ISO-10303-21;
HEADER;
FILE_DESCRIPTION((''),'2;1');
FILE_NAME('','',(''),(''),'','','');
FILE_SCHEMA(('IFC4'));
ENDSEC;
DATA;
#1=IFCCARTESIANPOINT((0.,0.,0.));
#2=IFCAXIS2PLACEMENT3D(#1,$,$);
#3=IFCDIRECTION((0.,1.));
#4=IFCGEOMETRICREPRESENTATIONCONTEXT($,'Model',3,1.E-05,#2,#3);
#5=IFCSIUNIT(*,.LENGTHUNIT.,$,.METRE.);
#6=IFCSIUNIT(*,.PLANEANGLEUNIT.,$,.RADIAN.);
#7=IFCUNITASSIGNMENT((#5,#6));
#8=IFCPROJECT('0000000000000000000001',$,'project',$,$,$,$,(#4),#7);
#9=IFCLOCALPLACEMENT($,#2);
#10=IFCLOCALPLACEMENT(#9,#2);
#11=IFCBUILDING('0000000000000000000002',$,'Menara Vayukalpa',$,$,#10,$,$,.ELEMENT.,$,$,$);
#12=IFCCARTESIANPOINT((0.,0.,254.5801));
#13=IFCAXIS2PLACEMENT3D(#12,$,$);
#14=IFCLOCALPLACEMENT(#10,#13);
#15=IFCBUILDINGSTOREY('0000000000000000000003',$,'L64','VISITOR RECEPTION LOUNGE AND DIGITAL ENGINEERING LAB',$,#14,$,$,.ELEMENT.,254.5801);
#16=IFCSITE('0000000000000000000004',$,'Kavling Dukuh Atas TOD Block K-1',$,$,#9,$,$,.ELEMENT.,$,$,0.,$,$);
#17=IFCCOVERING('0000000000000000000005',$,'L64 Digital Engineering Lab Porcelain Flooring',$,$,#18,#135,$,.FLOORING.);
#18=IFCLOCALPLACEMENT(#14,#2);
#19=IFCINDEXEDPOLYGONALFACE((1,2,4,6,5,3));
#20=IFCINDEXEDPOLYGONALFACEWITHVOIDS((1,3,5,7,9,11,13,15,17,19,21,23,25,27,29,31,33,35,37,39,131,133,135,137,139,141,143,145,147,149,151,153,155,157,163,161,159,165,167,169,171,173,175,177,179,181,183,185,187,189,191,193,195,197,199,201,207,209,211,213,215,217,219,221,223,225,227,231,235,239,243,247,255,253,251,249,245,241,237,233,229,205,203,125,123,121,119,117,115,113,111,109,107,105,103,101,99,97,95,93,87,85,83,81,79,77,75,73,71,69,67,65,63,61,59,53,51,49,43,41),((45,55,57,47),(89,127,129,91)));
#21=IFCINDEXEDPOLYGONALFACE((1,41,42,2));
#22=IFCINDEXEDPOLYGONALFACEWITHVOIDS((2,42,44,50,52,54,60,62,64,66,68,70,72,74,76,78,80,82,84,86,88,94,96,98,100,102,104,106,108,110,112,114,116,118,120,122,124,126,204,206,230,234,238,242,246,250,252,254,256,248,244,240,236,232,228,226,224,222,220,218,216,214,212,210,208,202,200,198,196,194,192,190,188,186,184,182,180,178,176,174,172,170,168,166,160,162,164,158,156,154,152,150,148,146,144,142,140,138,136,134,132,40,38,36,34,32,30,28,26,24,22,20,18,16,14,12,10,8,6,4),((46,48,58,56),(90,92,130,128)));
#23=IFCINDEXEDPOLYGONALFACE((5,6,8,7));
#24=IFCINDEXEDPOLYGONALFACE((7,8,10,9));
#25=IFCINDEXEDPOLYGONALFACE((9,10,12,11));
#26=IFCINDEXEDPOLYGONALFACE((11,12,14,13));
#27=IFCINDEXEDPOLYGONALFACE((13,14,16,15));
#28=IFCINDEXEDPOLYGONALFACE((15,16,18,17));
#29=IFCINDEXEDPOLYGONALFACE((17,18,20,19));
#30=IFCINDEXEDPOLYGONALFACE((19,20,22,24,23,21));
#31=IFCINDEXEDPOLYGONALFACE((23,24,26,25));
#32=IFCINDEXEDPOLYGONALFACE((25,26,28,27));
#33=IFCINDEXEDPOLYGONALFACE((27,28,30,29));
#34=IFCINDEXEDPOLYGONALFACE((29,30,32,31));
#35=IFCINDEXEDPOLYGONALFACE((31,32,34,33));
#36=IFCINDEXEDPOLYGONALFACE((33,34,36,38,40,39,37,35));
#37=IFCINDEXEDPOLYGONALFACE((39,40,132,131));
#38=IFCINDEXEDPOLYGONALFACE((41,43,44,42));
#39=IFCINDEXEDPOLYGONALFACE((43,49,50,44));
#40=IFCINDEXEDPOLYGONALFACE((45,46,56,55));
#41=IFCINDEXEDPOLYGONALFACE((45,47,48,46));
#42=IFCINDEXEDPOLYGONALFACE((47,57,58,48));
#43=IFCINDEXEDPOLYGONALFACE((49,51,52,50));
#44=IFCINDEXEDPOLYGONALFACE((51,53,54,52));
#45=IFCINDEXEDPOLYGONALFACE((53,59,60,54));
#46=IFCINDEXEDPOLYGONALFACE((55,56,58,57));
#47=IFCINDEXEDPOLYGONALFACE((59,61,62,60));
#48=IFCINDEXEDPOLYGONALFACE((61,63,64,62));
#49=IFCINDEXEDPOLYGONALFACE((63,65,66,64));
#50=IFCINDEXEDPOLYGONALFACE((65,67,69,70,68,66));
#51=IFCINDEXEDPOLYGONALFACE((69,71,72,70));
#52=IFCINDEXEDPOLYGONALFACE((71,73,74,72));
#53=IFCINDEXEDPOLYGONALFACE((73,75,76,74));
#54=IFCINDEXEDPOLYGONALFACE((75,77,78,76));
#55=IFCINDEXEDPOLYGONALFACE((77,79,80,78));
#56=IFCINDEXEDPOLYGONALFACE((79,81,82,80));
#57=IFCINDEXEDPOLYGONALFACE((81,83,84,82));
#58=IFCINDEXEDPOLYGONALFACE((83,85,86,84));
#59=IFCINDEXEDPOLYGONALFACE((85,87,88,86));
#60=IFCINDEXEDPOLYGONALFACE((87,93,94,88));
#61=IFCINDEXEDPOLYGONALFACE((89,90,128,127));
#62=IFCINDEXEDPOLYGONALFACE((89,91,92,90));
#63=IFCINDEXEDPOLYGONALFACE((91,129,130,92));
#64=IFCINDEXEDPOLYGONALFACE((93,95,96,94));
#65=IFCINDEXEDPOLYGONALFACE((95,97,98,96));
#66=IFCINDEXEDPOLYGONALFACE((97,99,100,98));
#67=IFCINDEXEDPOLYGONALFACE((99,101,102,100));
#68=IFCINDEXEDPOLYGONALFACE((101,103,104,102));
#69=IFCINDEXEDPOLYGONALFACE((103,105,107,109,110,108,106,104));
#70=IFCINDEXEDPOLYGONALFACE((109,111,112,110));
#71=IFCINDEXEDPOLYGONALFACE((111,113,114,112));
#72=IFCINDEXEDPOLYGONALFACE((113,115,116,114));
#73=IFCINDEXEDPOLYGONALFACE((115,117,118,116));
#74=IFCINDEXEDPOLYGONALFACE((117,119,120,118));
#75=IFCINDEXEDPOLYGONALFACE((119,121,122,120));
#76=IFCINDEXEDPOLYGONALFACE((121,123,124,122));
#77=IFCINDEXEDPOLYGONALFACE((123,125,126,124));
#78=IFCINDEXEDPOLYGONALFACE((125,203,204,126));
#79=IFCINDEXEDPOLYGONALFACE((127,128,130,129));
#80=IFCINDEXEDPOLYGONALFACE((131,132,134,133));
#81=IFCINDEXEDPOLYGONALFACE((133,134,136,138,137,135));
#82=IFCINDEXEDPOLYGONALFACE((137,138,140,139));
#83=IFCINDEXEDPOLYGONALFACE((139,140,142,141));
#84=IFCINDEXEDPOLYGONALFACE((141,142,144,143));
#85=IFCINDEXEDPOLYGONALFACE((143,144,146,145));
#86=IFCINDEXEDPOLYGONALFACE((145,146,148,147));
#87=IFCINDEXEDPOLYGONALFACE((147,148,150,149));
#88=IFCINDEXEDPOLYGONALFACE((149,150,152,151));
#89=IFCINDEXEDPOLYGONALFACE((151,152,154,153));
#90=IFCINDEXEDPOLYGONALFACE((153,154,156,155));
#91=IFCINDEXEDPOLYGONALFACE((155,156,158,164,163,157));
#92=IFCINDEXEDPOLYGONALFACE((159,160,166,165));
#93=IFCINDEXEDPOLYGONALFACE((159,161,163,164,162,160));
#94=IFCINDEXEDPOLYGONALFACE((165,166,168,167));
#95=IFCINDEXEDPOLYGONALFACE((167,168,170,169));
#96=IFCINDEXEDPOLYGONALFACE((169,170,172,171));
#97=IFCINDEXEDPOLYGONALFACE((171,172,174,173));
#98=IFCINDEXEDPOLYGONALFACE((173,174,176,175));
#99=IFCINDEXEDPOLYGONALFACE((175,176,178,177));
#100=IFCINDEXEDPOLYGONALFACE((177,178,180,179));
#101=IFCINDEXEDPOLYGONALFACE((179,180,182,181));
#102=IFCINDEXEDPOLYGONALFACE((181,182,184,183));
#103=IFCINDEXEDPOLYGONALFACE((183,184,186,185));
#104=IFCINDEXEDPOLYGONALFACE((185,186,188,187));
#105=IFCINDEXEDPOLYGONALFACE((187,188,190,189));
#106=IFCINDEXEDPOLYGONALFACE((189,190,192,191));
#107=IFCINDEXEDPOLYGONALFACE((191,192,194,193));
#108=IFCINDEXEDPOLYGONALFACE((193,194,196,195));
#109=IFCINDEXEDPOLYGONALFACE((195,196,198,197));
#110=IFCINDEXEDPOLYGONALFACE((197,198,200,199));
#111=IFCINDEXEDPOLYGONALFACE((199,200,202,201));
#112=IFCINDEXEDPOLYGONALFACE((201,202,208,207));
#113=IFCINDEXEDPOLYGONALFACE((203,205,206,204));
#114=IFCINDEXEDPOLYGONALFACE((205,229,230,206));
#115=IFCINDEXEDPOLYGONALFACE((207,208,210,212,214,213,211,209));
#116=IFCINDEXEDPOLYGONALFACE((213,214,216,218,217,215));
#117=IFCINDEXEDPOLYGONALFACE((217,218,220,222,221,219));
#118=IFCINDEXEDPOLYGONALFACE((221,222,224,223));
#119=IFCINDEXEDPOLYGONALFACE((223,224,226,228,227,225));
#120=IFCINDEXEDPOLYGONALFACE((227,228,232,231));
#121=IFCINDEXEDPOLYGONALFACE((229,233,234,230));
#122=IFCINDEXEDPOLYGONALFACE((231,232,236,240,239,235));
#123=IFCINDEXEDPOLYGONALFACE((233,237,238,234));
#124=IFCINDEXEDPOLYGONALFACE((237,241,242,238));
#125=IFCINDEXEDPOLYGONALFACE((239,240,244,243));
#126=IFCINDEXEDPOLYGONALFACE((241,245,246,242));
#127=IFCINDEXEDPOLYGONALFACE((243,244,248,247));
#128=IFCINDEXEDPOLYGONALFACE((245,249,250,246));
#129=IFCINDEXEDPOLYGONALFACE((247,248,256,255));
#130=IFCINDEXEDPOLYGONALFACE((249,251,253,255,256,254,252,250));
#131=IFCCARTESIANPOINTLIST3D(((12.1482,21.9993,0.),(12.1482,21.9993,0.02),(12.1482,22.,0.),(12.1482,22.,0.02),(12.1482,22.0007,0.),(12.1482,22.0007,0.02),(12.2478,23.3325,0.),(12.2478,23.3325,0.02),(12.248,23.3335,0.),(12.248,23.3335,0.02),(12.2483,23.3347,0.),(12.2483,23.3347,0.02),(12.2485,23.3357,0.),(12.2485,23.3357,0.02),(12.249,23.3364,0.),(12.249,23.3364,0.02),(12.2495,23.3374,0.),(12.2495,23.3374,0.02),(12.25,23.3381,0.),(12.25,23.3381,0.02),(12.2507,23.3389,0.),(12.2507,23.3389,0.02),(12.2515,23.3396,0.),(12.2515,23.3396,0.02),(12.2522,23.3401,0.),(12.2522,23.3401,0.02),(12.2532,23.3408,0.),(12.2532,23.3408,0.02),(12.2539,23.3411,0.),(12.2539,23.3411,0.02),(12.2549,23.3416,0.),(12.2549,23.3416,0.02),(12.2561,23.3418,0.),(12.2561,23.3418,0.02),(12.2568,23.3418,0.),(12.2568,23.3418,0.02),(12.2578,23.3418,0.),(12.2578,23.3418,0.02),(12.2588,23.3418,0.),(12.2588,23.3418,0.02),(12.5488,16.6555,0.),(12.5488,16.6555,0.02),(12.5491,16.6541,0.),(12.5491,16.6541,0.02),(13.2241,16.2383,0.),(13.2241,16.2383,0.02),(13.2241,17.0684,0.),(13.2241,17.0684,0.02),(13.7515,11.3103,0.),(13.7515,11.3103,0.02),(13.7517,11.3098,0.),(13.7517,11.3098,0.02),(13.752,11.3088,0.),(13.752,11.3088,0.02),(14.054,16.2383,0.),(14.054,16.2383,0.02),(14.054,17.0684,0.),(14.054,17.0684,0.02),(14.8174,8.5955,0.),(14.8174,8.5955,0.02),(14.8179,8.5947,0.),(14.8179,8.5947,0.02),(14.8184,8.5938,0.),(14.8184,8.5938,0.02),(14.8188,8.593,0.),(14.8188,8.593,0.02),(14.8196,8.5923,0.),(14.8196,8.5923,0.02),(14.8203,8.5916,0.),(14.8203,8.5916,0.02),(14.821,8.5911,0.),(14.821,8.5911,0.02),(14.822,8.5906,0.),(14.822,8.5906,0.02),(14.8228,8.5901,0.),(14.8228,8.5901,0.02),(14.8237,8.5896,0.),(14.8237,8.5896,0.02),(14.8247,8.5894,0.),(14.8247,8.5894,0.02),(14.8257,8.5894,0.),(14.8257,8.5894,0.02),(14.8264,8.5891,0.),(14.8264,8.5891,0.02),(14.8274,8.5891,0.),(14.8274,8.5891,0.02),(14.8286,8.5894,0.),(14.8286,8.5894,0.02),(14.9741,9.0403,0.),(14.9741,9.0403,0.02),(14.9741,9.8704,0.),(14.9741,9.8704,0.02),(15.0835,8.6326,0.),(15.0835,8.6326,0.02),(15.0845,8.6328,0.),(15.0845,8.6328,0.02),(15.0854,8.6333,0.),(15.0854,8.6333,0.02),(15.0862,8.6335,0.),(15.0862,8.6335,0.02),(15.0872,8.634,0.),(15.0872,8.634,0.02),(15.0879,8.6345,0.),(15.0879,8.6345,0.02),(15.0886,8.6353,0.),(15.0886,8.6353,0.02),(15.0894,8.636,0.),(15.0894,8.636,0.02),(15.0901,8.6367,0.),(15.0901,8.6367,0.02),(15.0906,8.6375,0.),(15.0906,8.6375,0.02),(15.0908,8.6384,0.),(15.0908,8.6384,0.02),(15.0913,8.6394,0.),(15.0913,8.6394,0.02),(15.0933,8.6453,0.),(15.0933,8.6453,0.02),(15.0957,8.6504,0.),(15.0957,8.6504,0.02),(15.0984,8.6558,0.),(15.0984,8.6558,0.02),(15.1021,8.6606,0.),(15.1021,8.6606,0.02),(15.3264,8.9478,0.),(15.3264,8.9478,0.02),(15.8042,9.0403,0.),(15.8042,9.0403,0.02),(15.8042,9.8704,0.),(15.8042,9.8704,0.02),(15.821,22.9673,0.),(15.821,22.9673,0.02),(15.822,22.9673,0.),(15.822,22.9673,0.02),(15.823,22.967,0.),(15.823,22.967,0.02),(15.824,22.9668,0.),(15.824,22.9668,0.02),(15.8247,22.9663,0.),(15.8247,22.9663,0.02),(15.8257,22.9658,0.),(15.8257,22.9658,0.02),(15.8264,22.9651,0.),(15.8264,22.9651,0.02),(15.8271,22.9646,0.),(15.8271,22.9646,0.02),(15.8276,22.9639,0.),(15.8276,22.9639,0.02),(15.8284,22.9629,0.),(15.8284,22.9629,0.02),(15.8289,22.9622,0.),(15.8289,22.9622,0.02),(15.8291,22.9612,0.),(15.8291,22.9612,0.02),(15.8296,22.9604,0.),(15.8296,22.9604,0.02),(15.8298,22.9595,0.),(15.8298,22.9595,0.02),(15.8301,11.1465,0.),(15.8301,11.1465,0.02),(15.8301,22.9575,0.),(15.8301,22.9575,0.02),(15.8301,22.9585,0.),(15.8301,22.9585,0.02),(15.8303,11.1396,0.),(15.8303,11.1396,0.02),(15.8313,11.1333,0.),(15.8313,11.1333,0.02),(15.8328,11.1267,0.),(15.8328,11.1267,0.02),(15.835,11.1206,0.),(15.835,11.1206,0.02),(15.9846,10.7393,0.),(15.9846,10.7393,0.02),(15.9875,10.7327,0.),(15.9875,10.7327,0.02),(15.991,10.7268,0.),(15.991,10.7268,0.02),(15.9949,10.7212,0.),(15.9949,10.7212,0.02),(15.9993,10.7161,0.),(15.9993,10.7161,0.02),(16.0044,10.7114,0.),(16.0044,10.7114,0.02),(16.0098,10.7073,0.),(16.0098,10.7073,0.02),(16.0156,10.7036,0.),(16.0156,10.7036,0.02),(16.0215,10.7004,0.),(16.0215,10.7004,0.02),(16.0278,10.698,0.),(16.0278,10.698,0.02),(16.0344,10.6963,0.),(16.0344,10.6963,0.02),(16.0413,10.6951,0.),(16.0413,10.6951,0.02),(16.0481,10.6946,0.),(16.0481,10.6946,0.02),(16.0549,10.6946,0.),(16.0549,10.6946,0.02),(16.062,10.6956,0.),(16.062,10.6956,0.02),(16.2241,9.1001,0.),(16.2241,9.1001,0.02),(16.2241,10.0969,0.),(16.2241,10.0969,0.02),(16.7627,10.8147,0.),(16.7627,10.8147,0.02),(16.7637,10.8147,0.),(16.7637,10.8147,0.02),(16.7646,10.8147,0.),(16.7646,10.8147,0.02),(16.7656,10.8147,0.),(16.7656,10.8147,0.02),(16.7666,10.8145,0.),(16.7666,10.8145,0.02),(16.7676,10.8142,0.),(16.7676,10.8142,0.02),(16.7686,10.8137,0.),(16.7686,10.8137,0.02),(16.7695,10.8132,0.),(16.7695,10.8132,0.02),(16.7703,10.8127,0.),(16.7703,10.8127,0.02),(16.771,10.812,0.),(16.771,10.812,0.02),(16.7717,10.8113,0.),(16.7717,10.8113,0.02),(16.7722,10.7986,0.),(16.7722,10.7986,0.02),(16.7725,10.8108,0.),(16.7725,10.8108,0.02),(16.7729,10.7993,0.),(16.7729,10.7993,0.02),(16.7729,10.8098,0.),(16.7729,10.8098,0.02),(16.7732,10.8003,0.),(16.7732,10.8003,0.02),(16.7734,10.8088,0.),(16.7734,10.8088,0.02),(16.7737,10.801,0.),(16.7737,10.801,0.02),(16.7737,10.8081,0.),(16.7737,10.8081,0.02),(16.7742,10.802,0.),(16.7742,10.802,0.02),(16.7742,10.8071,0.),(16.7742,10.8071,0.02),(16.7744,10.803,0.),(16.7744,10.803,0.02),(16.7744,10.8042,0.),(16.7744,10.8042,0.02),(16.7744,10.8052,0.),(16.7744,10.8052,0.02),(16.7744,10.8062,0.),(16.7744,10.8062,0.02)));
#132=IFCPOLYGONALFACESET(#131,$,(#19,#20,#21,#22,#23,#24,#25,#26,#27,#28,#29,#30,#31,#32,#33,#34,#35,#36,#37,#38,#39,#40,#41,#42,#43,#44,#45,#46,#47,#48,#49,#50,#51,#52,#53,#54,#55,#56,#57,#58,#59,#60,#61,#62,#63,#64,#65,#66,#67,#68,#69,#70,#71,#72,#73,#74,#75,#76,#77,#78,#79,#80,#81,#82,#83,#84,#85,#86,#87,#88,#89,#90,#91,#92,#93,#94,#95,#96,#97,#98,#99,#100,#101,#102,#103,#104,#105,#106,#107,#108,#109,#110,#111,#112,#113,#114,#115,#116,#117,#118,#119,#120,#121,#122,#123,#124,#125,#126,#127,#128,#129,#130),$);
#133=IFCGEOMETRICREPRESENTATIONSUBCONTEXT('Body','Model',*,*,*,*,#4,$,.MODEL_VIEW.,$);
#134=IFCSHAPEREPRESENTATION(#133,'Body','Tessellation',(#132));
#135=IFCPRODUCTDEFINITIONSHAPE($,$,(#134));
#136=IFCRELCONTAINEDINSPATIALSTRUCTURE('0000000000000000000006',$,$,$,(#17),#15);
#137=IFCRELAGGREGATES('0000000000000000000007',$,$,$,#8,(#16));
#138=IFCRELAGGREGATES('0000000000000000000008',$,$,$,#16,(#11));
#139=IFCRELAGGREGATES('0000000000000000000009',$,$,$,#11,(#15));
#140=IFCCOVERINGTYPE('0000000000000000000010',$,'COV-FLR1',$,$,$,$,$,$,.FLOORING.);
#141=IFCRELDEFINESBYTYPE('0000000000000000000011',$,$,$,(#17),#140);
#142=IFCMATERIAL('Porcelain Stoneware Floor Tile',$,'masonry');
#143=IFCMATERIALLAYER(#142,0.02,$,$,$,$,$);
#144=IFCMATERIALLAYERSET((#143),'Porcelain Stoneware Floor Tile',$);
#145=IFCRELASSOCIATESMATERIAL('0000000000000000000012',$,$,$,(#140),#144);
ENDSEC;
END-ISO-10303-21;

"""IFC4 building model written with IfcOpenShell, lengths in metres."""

from ifc_helpers import new_model, si_unit, direction, frame, origin, place, context, subcontext, project, spatial, polyline, outline, extrude, material, layer, layer_set, type_object, element, save


model = new_model("IFC4")

# Units and contexts
model_context = context("Model", 3, precision=1e-05, world=origin(), true_north=direction((0.0, 1.0)))
body_context = subcontext(model_context, "Body", "Model", "MODEL_VIEW")
ifc_project = project(units=[si_unit("LENGTHUNIT", "METRE"), si_unit("PLANEANGLEUNIT", "RADIAN")], contexts=[model_context])

# Site, building, storey
site_placement = place(None, origin())
site = spatial("IfcSite", under=ifc_project, at=site_placement, Name="Kavling Dukuh Atas TOD Block K-1", CompositionType="ELEMENT", RefElevation=0.0)
building_placement = place(site_placement, origin())
building = spatial("IfcBuilding", under=site, at=building_placement, Name="Menara Vayukalpa", CompositionType="ELEMENT")
storey_placement = place(building_placement, frame((0.0, 0.0, 254.5801)))
storey = spatial("IfcBuildingStorey", under=building, at=storey_placement, Name="L64", Description="VISITOR RECEPTION LOUNGE AND DIGITAL ENGINEERING LAB", CompositionType="ELEMENT", Elevation=254.5801)

# Covering
ifc_material_1 = material(Name="Porcelain Stoneware Floor Tile", Category="masonry")
ifc_layer_1 = layer(ifc_material_1, 0.02)
ifc_layer_set_1 = layer_set([ifc_layer_1], Name="Porcelain Stoneware Floor Tile")
covering_type_1 = type_object("IfcCoveringType", Name="COV-FLR1", PredefinedType="FLOORING", material=ifc_layer_set_1)
covering_1_placement = place(storey_placement, origin())
element("IfcCovering", 1, at=covering_1_placement, inside=storey, type_object=covering_type_1, Name="L64 Digital Engineering Lab Porcelain Flooring", PredefinedType="FLOORING", context=body_context, shape_type="SweptSolid", body=[
    extrude(outline(polyline([(15.3264, 8.9478), (15.1021, 8.6606), (15.0984, 8.6558), (15.0957, 8.6504), (15.0933, 8.6453), (15.0913, 8.6394), (15.0908, 8.6384), (15.0906, 8.6375), (15.0901, 8.6367), (15.0894, 8.636), (15.0886, 8.6353), (15.0879, 8.6345), (15.0872, 8.634), (15.0862, 8.6335), (15.0854, 8.6333), (15.0845, 8.6328), (15.0835, 8.6326), (14.8286, 8.5894), (14.8274, 8.5891), (14.8264, 8.5891), (14.8257, 8.5894), (14.8247, 8.5894), (14.8237, 8.5896), (14.8228, 8.5901), (14.822, 8.5906), (14.821, 8.5911), (14.8203, 8.5916), (14.8196, 8.5923), (14.8188, 8.593), (14.8184, 8.5938), (14.8179, 8.5947), (14.8174, 8.5955), (13.752, 11.3088), (13.7517, 11.3098), (13.7515, 11.3103), (12.5491, 16.6541), (12.5488, 16.6555), (12.1482, 21.9993), (12.1482, 22.0), (12.1482, 22.0007), (12.2478, 23.3325), (12.248, 23.3335), (12.2483, 23.3347), (12.2485, 23.3357), (12.249, 23.3364), (12.2495, 23.3374), (12.25, 23.3381), (12.2507, 23.3389), (12.2515, 23.3396), (12.2522, 23.3401), (12.2532, 23.3408), (12.2539, 23.3411), (12.2549, 23.3416), (12.2561, 23.3418), (12.2568, 23.3418), (12.2578, 23.3418), (12.2588, 23.3418), (15.821, 22.9673), (15.822, 22.9673), (15.823, 22.967), (15.824, 22.9668), (15.8247, 22.9663), (15.8257, 22.9658), (15.8264, 22.9651), (15.8271, 22.9646), (15.8276, 22.9639), (15.8284, 22.9629), (15.8289, 22.9622), (15.8291, 22.9612), (15.8296, 22.9604), (15.8298, 22.9595), (15.8301, 22.9585), (15.8301, 22.9575), (15.8301, 11.1465), (15.8303, 11.1396), (15.8313, 11.1333), (15.8328, 11.1267), (15.835, 11.1206), (15.9846, 10.7393), (15.9875, 10.7327), (15.991, 10.7268), (15.9949, 10.7212), (15.9993, 10.7161), (16.0044, 10.7114), (16.0098, 10.7073), (16.0156, 10.7036), (16.0215, 10.7004), (16.0278, 10.698), (16.0344, 10.6963), (16.0413, 10.6951), (16.0481, 10.6946), (16.0549, 10.6946), (16.062, 10.6956), (16.7627, 10.8147), (16.7637, 10.8147), (16.7646, 10.8147), (16.7656, 10.8147), (16.7666, 10.8145), (16.7676, 10.8142), (16.7686, 10.8137), (16.7695, 10.8132), (16.7703, 10.8127), (16.771, 10.812), (16.7717, 10.8113), (16.7725, 10.8108), (16.7729, 10.8098), (16.7734, 10.8088), (16.7737, 10.8081), (16.7742, 10.8071), (16.7744, 10.8062), (16.7744, 10.8052), (16.7744, 10.8042), (16.7744, 10.803), (16.7742, 10.802), (16.7737, 10.801), (16.7732, 10.8003), (16.7729, 10.7993), (16.7722, 10.7986), (16.2241, 10.0969), (16.2241, 9.1001), (15.3264, 8.9478)]), holes=[polyline([(14.9741, 9.8704), (14.9741, 9.0403), (15.8042, 9.0403), (15.8042, 9.8704), (14.9741, 9.8704)]), polyline([(14.054, 17.0684), (13.2241, 17.0684), (13.2241, 16.2383), (14.054, 16.2383), (14.054, 17.0684)])]), origin(), (0.0, 0.0, 1.0), 0.02),
])

save(model, "model.ifc")
